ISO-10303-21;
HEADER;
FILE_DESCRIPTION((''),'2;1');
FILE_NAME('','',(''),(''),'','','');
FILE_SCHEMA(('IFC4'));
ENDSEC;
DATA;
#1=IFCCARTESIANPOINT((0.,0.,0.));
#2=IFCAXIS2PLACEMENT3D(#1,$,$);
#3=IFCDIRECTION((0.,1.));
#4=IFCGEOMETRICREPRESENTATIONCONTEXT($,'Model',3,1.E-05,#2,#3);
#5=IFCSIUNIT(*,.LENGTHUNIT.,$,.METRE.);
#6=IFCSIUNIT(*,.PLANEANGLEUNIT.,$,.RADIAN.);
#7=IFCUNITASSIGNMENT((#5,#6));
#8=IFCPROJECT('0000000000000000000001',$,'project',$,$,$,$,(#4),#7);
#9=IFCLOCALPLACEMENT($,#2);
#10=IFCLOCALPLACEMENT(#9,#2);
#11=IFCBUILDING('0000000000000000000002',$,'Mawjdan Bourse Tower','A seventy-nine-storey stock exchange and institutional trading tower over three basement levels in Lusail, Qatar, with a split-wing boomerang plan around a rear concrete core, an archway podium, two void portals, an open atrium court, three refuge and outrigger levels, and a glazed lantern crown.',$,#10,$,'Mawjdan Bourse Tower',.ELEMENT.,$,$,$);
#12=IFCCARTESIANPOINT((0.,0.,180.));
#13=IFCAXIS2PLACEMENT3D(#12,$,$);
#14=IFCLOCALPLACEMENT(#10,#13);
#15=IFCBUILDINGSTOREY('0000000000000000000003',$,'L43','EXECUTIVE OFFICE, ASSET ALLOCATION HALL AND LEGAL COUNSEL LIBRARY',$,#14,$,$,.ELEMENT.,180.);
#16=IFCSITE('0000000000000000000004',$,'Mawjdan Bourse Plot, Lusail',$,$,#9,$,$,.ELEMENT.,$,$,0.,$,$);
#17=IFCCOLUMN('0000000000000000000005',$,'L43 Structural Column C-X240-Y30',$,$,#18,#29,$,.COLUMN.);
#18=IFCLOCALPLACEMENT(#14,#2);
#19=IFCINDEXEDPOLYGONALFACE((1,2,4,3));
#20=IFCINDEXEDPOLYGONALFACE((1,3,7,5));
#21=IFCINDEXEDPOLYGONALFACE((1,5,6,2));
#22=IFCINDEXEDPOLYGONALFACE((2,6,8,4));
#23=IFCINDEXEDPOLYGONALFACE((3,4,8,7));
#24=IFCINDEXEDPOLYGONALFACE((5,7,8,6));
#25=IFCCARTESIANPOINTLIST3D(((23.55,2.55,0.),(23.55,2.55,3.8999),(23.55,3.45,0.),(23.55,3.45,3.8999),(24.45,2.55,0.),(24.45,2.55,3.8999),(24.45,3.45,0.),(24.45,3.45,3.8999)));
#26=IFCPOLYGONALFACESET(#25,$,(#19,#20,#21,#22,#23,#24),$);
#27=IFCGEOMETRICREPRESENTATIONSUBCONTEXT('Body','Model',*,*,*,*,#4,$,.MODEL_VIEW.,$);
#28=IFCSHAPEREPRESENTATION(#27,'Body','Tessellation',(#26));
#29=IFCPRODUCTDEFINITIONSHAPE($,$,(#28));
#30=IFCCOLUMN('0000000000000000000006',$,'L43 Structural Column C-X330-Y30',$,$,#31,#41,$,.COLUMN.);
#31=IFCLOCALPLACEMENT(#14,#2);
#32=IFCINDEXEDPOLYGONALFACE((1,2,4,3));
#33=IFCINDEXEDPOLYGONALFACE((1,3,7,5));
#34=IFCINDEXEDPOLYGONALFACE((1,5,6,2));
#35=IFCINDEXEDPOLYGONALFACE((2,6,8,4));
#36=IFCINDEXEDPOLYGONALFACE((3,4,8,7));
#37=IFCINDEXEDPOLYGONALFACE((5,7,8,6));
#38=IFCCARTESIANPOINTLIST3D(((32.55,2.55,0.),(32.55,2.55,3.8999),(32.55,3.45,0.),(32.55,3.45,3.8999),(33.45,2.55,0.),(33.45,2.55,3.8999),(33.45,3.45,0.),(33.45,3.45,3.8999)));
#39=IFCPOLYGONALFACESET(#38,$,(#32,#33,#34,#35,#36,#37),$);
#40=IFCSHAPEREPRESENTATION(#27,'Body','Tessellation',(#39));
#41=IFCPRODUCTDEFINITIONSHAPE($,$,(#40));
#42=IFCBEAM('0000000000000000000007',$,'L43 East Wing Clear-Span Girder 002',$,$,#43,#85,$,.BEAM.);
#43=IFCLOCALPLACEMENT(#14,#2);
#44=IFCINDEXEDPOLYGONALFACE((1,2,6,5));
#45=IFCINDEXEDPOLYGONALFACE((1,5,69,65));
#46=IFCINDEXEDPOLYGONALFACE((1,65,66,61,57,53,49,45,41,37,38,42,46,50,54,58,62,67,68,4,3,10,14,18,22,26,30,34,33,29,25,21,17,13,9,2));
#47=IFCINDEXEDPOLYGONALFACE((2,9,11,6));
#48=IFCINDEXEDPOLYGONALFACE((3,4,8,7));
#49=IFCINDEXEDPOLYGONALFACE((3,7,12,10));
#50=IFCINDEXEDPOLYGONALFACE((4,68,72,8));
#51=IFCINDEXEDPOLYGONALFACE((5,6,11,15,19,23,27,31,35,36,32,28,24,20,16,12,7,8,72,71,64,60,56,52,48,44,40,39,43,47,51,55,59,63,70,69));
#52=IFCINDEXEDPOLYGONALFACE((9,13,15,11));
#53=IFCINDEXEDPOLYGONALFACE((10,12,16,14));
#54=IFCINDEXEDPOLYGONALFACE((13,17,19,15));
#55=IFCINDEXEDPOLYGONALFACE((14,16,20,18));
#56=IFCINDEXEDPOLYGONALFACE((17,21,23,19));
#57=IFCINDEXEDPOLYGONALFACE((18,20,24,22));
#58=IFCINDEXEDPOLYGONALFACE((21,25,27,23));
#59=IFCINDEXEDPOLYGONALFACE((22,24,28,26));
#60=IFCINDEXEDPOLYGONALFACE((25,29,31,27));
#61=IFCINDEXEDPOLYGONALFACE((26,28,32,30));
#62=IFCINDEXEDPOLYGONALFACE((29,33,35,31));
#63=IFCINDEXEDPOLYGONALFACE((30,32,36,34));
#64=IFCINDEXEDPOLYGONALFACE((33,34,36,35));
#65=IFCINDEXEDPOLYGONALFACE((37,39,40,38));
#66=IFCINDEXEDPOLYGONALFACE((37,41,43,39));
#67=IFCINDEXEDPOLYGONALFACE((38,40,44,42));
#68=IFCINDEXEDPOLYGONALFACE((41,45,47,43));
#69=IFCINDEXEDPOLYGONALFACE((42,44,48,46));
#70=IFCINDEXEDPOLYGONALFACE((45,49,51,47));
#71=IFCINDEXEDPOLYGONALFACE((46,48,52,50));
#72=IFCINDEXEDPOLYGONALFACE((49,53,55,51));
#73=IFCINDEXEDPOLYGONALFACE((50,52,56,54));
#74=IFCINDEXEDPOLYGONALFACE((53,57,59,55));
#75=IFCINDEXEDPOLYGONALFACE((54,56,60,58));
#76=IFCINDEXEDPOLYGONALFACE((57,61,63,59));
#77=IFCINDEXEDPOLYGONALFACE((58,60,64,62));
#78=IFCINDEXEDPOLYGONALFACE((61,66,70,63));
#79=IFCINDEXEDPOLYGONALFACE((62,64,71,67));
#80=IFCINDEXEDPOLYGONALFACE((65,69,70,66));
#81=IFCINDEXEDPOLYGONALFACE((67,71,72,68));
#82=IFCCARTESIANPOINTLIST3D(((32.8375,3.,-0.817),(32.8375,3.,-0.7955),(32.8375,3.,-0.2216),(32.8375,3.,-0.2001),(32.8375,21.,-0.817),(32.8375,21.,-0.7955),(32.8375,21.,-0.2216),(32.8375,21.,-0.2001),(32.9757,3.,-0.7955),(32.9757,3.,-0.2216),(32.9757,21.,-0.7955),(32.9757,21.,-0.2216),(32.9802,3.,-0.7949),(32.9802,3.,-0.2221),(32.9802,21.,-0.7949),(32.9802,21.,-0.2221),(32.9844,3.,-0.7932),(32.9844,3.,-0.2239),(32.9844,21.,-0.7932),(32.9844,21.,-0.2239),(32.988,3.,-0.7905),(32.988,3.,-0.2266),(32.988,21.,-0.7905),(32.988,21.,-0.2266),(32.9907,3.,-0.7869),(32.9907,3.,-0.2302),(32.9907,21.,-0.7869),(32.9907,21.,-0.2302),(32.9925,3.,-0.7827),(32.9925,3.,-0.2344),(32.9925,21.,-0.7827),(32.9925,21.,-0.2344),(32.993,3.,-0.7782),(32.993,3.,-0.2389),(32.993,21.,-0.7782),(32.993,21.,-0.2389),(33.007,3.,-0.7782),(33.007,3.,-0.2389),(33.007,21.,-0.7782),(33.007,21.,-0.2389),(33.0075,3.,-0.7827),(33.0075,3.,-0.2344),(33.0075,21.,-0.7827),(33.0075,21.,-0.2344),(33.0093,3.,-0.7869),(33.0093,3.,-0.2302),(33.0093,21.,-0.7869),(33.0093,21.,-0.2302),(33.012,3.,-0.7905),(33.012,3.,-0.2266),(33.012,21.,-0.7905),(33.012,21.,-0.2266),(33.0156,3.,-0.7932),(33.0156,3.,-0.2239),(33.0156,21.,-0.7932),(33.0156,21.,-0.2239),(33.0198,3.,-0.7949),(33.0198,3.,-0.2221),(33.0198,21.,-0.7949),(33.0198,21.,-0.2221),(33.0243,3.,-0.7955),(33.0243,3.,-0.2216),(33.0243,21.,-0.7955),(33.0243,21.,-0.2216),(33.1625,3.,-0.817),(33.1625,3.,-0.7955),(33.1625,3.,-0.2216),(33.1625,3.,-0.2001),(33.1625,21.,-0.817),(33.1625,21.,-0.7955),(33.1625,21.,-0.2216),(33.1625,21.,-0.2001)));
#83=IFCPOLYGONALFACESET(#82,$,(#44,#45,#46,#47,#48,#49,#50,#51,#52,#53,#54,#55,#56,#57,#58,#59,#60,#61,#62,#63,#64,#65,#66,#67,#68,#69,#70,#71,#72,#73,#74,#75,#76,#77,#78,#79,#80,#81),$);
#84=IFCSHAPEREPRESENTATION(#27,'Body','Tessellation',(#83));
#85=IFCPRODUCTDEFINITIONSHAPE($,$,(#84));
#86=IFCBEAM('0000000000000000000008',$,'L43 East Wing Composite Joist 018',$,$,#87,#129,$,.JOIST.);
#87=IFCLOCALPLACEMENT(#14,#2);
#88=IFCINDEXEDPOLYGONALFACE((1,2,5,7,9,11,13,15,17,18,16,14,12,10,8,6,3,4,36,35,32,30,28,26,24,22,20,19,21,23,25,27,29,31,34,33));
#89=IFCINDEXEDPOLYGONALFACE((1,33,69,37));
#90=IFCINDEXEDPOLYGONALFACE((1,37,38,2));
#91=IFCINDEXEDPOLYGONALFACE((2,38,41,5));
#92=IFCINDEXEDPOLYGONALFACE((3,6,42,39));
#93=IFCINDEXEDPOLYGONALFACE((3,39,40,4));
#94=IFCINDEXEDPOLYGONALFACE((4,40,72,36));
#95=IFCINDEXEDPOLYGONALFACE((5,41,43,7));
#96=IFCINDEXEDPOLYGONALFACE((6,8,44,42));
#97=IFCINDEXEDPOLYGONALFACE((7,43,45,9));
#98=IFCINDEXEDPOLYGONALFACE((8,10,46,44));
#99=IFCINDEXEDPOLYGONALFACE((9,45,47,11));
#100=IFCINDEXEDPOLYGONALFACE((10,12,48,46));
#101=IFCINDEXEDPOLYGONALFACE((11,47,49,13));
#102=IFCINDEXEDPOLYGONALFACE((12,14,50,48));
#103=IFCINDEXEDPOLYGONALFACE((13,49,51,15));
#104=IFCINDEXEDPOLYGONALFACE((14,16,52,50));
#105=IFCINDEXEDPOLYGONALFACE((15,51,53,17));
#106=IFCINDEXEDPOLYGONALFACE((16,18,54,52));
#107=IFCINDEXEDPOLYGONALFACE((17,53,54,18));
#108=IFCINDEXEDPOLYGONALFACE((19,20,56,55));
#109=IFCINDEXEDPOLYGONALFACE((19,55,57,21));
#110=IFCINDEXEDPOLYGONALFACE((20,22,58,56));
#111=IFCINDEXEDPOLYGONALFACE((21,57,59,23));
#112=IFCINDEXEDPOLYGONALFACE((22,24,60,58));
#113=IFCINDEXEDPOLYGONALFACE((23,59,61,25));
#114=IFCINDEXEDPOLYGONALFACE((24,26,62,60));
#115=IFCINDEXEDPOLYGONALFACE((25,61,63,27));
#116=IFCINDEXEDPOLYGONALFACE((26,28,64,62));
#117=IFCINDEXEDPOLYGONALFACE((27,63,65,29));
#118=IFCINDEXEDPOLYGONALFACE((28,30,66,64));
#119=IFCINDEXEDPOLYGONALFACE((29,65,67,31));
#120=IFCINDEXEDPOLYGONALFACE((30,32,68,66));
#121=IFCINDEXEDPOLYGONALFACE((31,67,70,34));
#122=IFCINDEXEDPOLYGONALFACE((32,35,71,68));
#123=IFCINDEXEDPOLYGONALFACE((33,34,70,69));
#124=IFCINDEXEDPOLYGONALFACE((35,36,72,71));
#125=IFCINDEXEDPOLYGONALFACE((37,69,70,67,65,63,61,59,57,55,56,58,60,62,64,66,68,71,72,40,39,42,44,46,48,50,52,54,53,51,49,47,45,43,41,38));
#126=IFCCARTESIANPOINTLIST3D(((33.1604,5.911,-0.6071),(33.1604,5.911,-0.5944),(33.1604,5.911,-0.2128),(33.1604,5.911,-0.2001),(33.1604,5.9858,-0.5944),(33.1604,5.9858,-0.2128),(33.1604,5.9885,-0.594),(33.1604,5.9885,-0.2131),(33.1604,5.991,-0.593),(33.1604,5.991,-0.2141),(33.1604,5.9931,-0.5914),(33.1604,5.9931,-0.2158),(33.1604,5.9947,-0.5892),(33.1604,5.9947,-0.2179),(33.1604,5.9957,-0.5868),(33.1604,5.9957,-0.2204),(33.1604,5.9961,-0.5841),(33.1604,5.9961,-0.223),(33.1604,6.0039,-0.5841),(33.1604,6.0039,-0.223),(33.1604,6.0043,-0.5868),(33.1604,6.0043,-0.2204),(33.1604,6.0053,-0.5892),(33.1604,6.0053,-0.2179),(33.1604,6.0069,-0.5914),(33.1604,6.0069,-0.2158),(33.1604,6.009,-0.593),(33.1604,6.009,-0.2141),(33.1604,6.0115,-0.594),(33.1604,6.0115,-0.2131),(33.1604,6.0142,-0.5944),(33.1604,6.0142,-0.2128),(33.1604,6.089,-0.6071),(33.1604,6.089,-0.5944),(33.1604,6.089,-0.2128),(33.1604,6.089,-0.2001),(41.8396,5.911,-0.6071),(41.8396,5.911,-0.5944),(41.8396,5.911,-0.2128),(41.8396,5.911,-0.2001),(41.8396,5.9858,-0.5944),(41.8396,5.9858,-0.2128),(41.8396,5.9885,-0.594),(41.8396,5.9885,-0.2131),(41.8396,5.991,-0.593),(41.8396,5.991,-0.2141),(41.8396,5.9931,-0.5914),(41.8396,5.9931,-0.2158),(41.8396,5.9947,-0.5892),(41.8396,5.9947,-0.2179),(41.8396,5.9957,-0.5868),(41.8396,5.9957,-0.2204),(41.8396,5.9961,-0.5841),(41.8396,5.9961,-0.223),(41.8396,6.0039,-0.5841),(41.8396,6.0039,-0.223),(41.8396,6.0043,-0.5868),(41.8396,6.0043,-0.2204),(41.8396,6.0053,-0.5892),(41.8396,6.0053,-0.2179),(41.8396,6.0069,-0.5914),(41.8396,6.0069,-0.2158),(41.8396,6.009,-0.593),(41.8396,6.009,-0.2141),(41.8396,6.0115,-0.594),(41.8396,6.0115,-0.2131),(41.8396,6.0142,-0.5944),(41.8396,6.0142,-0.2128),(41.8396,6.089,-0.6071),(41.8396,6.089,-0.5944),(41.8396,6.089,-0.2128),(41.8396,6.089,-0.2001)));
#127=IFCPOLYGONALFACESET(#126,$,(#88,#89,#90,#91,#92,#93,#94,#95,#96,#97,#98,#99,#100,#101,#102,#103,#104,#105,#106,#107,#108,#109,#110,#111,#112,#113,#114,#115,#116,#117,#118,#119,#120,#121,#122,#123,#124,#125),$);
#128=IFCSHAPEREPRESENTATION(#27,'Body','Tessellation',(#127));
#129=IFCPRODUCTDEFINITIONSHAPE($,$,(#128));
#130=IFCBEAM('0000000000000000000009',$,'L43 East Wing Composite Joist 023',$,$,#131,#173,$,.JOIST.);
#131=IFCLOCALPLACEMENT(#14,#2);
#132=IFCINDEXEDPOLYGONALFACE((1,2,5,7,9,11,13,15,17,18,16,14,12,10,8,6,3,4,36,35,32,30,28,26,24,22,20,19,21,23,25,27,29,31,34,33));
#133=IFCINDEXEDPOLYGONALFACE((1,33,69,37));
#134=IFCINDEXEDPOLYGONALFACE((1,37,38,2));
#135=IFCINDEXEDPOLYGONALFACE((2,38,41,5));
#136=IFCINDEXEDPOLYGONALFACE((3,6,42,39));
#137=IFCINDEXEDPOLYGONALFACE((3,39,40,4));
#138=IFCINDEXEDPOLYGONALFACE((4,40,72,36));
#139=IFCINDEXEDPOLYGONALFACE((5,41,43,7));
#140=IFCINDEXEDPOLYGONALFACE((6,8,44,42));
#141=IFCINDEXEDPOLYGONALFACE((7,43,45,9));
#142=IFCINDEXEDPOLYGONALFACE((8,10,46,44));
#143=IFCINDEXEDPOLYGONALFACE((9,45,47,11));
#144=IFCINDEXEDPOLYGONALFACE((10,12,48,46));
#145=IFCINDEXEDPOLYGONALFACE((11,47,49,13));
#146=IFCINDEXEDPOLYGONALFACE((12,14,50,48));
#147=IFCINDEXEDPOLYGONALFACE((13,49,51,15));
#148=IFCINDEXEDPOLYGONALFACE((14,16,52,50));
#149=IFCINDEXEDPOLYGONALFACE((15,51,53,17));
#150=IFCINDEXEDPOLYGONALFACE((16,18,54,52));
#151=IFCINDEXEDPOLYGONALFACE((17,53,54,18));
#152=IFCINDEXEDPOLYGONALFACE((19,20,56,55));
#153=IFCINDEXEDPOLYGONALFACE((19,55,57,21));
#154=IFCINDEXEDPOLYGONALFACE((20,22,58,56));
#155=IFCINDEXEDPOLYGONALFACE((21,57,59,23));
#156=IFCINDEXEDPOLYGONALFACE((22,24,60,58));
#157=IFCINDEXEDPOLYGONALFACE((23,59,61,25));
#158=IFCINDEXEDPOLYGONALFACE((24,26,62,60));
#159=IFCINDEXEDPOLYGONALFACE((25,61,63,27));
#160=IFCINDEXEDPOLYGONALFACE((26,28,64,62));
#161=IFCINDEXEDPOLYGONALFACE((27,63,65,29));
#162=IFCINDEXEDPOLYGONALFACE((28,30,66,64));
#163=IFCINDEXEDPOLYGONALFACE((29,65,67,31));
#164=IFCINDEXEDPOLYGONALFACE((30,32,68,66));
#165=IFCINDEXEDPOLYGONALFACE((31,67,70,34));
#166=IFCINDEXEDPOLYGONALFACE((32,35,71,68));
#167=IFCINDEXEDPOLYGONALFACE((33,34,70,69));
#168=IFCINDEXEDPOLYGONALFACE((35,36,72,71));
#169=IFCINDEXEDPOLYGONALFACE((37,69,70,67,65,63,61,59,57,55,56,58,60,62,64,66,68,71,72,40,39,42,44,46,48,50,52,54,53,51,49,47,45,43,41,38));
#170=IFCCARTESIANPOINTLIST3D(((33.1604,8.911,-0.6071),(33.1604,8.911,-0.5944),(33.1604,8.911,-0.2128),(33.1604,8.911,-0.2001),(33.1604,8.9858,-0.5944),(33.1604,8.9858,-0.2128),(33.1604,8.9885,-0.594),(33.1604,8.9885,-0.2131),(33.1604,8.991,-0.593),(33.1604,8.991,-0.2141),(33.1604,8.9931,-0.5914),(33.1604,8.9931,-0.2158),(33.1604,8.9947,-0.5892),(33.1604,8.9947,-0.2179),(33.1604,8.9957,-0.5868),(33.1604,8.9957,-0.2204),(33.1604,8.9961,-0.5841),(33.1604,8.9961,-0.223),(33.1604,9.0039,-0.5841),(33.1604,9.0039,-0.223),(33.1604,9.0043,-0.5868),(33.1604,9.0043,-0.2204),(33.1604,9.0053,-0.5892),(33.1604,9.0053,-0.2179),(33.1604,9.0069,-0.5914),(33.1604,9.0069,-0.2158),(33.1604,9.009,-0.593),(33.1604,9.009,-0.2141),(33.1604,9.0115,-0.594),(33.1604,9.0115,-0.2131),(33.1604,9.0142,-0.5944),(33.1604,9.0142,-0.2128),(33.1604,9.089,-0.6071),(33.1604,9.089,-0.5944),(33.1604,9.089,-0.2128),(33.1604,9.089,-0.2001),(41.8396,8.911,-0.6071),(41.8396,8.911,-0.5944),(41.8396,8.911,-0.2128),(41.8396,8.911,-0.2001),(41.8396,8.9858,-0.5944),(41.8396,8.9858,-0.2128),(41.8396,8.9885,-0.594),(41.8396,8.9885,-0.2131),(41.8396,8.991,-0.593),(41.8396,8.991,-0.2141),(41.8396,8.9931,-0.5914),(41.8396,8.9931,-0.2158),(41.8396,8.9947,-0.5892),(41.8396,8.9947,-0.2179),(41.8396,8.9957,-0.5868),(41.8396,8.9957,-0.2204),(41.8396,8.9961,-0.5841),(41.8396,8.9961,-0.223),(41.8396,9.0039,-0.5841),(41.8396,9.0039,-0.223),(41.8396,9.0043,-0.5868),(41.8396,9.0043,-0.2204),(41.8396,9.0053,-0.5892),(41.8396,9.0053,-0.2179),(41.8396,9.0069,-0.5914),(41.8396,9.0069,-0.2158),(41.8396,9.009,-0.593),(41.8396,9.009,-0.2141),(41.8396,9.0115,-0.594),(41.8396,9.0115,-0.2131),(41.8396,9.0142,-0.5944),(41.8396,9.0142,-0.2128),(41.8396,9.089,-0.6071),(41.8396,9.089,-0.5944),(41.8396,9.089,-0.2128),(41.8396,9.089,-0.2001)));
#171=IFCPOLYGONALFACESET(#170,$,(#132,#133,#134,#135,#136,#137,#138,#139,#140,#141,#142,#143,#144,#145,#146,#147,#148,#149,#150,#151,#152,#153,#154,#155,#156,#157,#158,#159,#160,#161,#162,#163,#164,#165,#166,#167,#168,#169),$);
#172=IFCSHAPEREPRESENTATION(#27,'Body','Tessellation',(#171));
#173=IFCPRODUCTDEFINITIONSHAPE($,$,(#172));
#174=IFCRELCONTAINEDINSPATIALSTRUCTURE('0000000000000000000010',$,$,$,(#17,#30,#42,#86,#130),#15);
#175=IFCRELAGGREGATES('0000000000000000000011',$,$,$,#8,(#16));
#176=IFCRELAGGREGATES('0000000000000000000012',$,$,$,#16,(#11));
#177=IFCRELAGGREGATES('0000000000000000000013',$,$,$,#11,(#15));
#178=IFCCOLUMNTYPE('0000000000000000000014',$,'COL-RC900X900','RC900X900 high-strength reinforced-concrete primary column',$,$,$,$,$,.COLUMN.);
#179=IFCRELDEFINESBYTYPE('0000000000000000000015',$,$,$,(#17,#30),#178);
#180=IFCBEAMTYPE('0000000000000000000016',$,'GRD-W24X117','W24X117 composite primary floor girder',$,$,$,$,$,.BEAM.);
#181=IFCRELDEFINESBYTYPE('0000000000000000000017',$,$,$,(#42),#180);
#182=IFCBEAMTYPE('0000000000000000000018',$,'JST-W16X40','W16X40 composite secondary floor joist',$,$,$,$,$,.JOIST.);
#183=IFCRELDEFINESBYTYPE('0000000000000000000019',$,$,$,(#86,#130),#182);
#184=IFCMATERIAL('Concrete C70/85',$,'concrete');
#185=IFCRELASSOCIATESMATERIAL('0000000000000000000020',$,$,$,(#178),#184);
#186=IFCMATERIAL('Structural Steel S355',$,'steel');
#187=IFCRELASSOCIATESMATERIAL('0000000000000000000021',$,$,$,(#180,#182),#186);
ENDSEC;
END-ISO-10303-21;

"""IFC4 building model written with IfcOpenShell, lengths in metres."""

from ifc_helpers import new_model, si_unit, direction, frame, origin, origin_2d, place, context, subcontext, project, spatial, rectangle, i_section, extrude, material, material_profile, profile_set, type_object, element, save


model = new_model("IFC4")

# Units and contexts
model_context = context("Model", 3, precision=1e-05, world=origin(), true_north=direction((0.0, 1.0)))
body_context = subcontext(model_context, "Body", "Model", "MODEL_VIEW")
ifc_project = project(units=[si_unit("LENGTHUNIT", "METRE"), si_unit("PLANEANGLEUNIT", "RADIAN")], contexts=[model_context])

# Site, building, storey
site_placement = place(None, origin())
site = spatial("IfcSite", under=ifc_project, at=site_placement, Name="Mawjdan Bourse Plot, Lusail", CompositionType="ELEMENT", RefElevation=0.0)
building_placement = place(site_placement, origin())
building = spatial("IfcBuilding", under=site, at=building_placement, Name="Mawjdan Bourse Tower", Description="A seventy-nine-storey stock exchange and institutional trading tower over three basement levels in Lusail, Qatar, with a split-wing boomerang plan around a rear concrete core, an archway podium, two void portals, an open atrium court, three refuge and outrigger levels, and a glazed lantern crown.", LongName="Mawjdan Bourse Tower", CompositionType="ELEMENT")
storey_placement = place(building_placement, frame((0.0, 0.0, 180.0)))
storey = spatial("IfcBuildingStorey", under=building, at=storey_placement, Name="L43", Description="EXECUTIVE OFFICE, ASSET ALLOCATION HALL AND LEGAL COUNSEL LIBRARY", CompositionType="ELEMENT", Elevation=180.0)

# Columns
ifc_material_1 = material(Name="Concrete C70/85", Category="concrete")
ifc_material_profile_1 = material_profile(ifc_material_1, rectangle(XDim=0.8999, YDim=0.8999, at=origin_2d()), Name="RC900X900")
ifc_profile_set_1 = profile_set([ifc_material_profile_1], Name="Concrete C70/85")
column_type = type_object("IfcColumnType", Name="COL-RC900X900", Description="RC900X900 high-strength reinforced-concrete primary column", PredefinedType="COLUMN", material=ifc_profile_set_1)
for number, where, z_axis, x_axis, name in (
    (1, (24.0, 3.0, 0.0), (0.0, 0.0, 1.0), (1.0, 0.0, 0.0), "L43 Structural Column C-X240-Y30"),
    (2, (33.0, 3.0, 0.0), (0.0, 0.0, 1.0), (1.0, 0.0, 0.0), "L43 Structural Column C-X330-Y30"),
):
    element("IfcColumn", number, at=place(storey_placement, frame(where, z_axis=z_axis, x_axis=x_axis)), inside=storey, type_object=column_type, Name=name, PredefinedType="COLUMN", context=body_context, shape_type="SweptSolid", body=[
        extrude(rectangle(XDim=0.8999, YDim=0.8999, at=origin_2d()), origin(), (0.0, 0.0, 1.0), 3.8999),
    ])

# Beams
ifc_material_2 = material(Name="Structural Steel S355", Category="steel")
ifc_material_profile_2 = material_profile(ifc_material_2, i_section(OverallWidth=0.325, OverallDepth=0.6169, WebThickness=0.0139, FlangeThickness=0.0215, FilletRadius=0.0173, at=origin_2d()), Name="W24X117")
ifc_profile_set_2 = profile_set([ifc_material_profile_2], Name="Structural Steel S355")
beam_type_1 = type_object("IfcBeamType", Name="GRD-W24X117", Description="W24X117 composite primary floor girder", PredefinedType="BEAM", material=ifc_profile_set_2)
beam_placement = place(storey_placement, frame((33.0, 3.0, -0.5085), z_axis=(0.0, 1.0, 0.0), x_axis=(-1.0, 0.0, 0.0)))
element("IfcBeam", 3, at=beam_placement, inside=storey, type_object=beam_type_1, Name="L43 East Wing Clear-Span Girder 002", PredefinedType="BEAM", context=body_context, shape_type="SweptSolid", body=[
    extrude(i_section(OverallWidth=0.325, OverallDepth=0.6169, WebThickness=0.0139, FlangeThickness=0.0215, FilletRadius=0.0173, at=origin_2d()), origin(), (0.0, 0.0, 1.0), 18.0),
])
ifc_material_profile_3 = material_profile(ifc_material_2, i_section(OverallWidth=0.178, OverallDepth=0.407, WebThickness=0.0078, FlangeThickness=0.0127, FilletRadius=0.0103, at=origin_2d()), Name="W16X40")
ifc_profile_set_3 = profile_set([ifc_material_profile_3], Name="Structural Steel S355")
beam_type_2 = type_object("IfcBeamType", Name="JST-W16X40", Description="W16X40 composite secondary floor joist", PredefinedType="JOIST", material=ifc_profile_set_3)
for number, where, z_axis, x_axis, name in (
    (4, (33.1604, 6.0, -0.4036), (1.0, 0.0, 0.0), (0.0, 1.0, 0.0), "L43 East Wing Composite Joist 018"),
    (5, (33.1604, 9.0, -0.4036), (1.0, 0.0, 0.0), (0.0, 1.0, 0.0), "L43 East Wing Composite Joist 023"),
):
    element("IfcBeam", number, at=place(storey_placement, frame(where, z_axis=z_axis, x_axis=x_axis)), inside=storey, type_object=beam_type_2, Name=name, PredefinedType="JOIST", context=body_context, shape_type="SweptSolid", body=[
        extrude(i_section(OverallWidth=0.178, OverallDepth=0.407, WebThickness=0.0078, FlangeThickness=0.0127, FilletRadius=0.0103, at=origin_2d()), origin(), (0.0, 0.0, 1.0), 8.6792),
    ])

save(model, "model.ifc")
